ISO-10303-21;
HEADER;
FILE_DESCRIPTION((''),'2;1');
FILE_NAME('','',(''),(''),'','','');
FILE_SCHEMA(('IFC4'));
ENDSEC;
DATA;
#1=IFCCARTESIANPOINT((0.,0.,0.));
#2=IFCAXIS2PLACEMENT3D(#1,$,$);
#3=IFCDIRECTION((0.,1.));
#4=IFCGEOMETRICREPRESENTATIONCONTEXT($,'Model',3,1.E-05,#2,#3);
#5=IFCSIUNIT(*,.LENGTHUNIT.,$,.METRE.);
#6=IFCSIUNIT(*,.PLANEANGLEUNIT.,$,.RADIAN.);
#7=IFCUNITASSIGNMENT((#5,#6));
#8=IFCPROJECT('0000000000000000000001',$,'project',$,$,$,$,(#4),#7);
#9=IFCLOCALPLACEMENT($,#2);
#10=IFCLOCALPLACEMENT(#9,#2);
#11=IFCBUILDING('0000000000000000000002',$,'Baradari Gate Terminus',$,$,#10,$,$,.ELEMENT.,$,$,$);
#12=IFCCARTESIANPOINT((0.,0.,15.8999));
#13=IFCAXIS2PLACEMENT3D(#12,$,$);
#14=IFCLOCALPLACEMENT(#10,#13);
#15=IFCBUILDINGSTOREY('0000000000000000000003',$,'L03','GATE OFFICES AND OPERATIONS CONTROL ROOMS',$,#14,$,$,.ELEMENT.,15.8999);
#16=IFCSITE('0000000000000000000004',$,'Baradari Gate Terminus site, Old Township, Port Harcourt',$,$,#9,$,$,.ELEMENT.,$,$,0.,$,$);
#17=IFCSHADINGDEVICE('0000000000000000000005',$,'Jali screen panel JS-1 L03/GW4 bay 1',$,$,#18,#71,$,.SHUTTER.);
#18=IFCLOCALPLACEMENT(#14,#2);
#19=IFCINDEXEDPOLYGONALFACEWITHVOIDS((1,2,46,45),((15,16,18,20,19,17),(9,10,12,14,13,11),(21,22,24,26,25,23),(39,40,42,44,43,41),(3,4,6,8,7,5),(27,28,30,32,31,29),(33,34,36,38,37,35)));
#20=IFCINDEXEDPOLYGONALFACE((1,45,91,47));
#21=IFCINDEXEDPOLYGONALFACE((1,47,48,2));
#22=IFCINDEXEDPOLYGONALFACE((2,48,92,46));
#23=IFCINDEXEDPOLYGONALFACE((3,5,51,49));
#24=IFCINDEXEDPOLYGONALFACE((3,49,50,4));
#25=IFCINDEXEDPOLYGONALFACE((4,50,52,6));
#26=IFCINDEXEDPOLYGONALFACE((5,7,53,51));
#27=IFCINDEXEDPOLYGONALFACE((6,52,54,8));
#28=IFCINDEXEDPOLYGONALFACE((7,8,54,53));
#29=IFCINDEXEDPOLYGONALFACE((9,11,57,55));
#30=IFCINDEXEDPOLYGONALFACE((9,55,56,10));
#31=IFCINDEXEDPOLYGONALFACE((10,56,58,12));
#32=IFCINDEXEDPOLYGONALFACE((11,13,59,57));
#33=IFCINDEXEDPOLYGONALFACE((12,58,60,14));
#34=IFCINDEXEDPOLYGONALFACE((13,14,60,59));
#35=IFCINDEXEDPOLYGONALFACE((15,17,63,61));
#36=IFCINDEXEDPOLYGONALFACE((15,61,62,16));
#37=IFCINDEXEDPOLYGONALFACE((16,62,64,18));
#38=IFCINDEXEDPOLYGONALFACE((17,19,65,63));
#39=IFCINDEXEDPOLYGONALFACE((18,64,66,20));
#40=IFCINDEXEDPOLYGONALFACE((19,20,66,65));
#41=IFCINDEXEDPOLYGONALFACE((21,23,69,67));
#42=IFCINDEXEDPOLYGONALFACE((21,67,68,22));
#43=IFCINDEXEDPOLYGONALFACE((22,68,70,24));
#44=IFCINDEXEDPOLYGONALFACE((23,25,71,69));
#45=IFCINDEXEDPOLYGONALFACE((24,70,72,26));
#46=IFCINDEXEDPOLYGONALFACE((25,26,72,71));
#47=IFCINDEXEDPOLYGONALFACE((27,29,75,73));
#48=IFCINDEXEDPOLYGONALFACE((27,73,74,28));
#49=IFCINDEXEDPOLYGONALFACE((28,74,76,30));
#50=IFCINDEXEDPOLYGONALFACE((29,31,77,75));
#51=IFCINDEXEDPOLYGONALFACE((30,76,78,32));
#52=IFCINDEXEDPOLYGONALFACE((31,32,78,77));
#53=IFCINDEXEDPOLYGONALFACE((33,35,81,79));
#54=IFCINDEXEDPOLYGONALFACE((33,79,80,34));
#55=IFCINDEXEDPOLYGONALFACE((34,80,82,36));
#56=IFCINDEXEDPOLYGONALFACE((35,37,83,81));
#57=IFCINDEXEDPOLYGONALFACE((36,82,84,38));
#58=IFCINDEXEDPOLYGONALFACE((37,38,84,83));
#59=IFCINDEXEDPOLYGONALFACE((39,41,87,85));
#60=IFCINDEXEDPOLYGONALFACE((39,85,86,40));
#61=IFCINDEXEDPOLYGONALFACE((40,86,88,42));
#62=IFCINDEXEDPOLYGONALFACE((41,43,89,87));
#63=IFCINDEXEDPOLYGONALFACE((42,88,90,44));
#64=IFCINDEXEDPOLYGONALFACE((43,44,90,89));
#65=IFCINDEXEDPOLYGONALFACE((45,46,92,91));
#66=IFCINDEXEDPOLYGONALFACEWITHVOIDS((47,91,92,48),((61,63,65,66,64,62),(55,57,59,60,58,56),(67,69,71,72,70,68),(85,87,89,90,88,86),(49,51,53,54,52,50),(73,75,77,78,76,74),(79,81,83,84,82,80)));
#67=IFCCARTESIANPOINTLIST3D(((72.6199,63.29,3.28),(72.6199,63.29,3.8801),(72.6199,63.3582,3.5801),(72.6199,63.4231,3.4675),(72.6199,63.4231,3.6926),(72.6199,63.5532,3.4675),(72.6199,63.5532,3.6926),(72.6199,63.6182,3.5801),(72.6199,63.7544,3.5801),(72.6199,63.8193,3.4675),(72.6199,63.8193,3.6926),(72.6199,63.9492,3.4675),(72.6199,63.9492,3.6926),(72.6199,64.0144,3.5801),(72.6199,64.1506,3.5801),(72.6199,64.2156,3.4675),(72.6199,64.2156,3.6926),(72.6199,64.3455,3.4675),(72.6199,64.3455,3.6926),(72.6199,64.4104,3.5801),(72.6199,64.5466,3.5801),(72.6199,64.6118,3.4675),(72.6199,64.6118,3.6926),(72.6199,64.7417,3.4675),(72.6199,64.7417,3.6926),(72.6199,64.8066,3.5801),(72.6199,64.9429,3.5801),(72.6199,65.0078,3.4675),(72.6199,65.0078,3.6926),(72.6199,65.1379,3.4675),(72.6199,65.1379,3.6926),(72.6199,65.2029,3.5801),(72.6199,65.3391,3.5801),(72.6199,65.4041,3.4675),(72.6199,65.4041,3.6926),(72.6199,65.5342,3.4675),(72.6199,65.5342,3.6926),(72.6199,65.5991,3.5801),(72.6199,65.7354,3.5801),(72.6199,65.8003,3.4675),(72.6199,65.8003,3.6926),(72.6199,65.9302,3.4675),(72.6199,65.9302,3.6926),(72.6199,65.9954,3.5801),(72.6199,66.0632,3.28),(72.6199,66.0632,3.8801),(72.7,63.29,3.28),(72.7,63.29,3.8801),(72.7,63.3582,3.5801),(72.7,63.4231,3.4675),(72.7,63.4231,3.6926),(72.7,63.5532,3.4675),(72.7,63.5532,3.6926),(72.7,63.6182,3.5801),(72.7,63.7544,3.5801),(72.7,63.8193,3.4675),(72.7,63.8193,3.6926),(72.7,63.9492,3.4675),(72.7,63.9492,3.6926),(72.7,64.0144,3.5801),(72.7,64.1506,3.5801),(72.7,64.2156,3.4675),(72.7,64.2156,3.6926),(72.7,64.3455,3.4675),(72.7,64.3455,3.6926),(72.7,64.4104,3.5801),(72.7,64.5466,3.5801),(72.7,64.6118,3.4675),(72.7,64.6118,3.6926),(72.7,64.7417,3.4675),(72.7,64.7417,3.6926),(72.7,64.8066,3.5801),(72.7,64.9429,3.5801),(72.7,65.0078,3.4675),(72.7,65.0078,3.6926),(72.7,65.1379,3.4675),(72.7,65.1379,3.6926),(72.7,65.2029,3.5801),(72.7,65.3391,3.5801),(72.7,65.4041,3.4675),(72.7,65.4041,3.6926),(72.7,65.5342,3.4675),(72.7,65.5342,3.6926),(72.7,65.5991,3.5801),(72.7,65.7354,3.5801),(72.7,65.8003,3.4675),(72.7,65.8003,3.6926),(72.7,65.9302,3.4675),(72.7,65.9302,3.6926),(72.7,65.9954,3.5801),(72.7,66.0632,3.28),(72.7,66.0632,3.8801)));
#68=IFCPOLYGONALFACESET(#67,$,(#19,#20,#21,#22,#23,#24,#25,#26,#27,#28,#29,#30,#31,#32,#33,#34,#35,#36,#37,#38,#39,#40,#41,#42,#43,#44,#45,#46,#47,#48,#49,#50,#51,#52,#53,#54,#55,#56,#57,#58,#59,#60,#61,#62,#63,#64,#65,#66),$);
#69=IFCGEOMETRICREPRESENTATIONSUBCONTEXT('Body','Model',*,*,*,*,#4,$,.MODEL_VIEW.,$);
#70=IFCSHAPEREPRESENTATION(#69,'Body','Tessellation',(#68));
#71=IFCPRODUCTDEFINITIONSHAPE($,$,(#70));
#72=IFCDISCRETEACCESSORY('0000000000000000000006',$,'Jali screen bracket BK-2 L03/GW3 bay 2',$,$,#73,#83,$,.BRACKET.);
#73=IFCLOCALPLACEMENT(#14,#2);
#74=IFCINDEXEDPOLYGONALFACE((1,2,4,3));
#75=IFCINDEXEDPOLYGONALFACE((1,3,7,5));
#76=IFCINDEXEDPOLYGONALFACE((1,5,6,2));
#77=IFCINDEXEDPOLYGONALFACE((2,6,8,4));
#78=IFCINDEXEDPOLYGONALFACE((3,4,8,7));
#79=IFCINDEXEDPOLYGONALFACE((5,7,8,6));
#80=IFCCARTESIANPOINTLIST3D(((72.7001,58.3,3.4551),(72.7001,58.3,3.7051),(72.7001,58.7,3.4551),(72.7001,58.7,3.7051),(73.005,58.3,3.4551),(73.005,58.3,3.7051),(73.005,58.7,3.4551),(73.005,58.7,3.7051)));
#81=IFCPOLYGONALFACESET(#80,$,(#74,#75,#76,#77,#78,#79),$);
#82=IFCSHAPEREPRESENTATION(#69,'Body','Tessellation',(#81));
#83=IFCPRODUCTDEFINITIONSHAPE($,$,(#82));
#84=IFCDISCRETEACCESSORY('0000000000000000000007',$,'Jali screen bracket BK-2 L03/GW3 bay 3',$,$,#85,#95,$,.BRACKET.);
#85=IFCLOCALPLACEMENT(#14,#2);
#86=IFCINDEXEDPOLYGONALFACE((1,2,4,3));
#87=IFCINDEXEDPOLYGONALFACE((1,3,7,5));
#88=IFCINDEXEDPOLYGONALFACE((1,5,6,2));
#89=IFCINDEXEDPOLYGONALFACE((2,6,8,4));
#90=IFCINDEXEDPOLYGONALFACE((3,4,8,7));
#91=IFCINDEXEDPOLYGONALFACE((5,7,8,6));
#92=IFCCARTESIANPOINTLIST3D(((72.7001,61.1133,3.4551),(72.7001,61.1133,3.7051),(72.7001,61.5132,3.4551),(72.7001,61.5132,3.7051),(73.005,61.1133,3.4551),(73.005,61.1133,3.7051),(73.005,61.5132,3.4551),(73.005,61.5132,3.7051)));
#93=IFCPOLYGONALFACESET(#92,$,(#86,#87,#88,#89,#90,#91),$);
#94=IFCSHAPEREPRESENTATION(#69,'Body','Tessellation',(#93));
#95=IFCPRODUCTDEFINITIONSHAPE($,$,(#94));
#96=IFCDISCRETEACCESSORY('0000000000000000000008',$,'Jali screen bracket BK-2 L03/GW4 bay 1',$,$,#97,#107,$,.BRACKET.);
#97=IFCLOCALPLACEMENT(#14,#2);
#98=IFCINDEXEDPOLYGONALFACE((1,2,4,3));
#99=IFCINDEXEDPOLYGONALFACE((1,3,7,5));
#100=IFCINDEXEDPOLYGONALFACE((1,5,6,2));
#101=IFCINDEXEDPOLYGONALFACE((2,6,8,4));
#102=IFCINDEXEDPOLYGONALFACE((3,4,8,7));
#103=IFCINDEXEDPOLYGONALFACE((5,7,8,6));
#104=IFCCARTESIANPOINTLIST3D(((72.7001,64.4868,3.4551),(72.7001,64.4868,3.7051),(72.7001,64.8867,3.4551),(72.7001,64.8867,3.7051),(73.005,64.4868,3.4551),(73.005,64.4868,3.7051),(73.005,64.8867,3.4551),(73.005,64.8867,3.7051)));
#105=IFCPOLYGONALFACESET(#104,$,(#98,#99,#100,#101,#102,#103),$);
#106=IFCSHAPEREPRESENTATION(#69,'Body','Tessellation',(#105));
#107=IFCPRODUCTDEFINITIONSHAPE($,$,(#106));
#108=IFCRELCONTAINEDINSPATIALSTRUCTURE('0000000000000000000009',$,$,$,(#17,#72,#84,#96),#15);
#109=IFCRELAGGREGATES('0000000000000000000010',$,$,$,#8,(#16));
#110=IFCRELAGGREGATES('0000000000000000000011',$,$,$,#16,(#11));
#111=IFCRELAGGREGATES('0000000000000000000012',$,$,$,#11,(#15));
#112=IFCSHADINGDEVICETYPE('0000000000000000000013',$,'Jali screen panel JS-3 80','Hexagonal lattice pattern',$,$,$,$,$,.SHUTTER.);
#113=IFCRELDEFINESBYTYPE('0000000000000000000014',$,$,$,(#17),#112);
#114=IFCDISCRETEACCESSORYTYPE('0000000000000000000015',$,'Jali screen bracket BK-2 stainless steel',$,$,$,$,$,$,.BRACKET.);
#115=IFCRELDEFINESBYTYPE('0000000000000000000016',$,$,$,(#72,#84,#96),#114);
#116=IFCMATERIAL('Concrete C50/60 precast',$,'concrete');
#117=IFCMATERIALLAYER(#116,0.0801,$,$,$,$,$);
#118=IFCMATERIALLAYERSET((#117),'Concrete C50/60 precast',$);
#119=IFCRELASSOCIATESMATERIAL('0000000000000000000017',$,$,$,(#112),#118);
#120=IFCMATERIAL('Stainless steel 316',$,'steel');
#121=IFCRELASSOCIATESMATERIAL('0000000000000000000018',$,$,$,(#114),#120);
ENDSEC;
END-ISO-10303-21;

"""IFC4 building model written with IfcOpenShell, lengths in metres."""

from ifc_helpers import new_model, si_unit, direction, frame, origin, origin_2d, place, context, subcontext, project, spatial, polyline, rectangle, outline, extrude, material, layer, layer_set, type_object, element, save


model = new_model("IFC4")

# Units and contexts
model_context = context("Model", 3, precision=1e-05, world=origin(), true_north=direction((0.0, 1.0)))
body_context = subcontext(model_context, "Body", "Model", "MODEL_VIEW")
ifc_project = project(units=[si_unit("LENGTHUNIT", "METRE"), si_unit("PLANEANGLEUNIT", "RADIAN")], contexts=[model_context])

# Site, building, storey
site_placement = place(None, origin())
site = spatial("IfcSite", under=ifc_project, at=site_placement, Name="Baradari Gate Terminus site, Old Township, Port Harcourt", CompositionType="ELEMENT", RefElevation=0.0)
building_placement = place(site_placement, origin())
building = spatial("IfcBuilding", under=site, at=building_placement, Name="Baradari Gate Terminus", CompositionType="ELEMENT")
storey_placement = place(building_placement, frame((0.0, 0.0, 15.8999)))
storey = spatial("IfcBuildingStorey", under=building, at=storey_placement, Name="L03", Description="GATE OFFICES AND OPERATIONS CONTROL ROOMS", CompositionType="ELEMENT", Elevation=15.8999)

# Shading device
ifc_material_1 = material(Name="Concrete C50/60 precast", Category="concrete")
ifc_layer_1 = layer(ifc_material_1, 0.0801)
ifc_layer_set_1 = layer_set([ifc_layer_1], Name="Concrete C50/60 precast")
shading_device_type = type_object("IfcShadingDeviceType", Name="Jali screen panel JS-3 80", Description="Hexagonal lattice pattern", PredefinedType="SHUTTER", material=ifc_layer_set_1)
shading_device_1_placement = place(storey_placement, frame((72.6599, 63.29, 3.28), z_axis=(0.0, 0.0, 1.0), x_axis=(0.0, 1.0, 0.0)))
element("IfcShadingDevice", 1, at=shading_device_1_placement, inside=storey, type_object=shading_device_type, Name="Jali screen panel JS-1 L03/GW4 bay 1", PredefinedType="SHUTTER", context=body_context, shape_type="SweptSolid", body=[
    extrude(outline(polyline([(0.0, 0.0), (2.7732, 0.0), (2.7732, 0.6001), (0.0, 0.6001), (0.0, 0.0)]), holes=[polyline([(0.3281, 0.3), (0.2632, 0.1875), (0.1331, 0.1875), (0.0681, 0.3), (0.1331, 0.4126), (0.2632, 0.4126), (0.3281, 0.3)]), polyline([(0.7244, 0.3), (0.6592, 0.1875), (0.5293, 0.1875), (0.4644, 0.3), (0.5293, 0.4126), (0.6592, 0.4126), (0.7244, 0.3)]), polyline([(1.1204, 0.3), (1.0554, 0.1875), (0.9255, 0.1875), (0.8606, 0.3), (0.9255, 0.4126), (1.0554, 0.4126), (1.1204, 0.3)]), polyline([(1.5166, 0.3), (1.4517, 0.1875), (1.3218, 0.1875), (1.2566, 0.3), (1.3218, 0.4126), (1.4517, 0.4126), (1.5166, 0.3)]), polyline([(1.9128, 0.3), (1.8479, 0.1875), (1.7178, 0.1875), (1.6528, 0.3), (1.7178, 0.4126), (1.8479, 0.4126), (1.9128, 0.3)]), polyline([(2.3091, 0.3), (2.2441, 0.1875), (2.114, 0.1875), (2.0491, 0.3), (2.114, 0.4126), (2.2441, 0.4126), (2.3091, 0.3)]), polyline([(2.7053, 0.3), (2.6401, 0.1875), (2.5103, 0.1875), (2.4453, 0.3), (2.5103, 0.4126), (2.6401, 0.4126), (2.7053, 0.3)])]), frame((0.0, 0.04, 0.0), z_axis=(0.0, -1.0, 0.0), x_axis=(1.0, 0.0, 0.0)), (0.0, 0.0, 1.0), 0.0801),
])

# Discrete accessories
ifc_material_2 = material(Name="Stainless steel 316", Category="steel")
discrete_accessory_type = type_object("IfcDiscreteAccessoryType", Name="Jali screen bracket BK-2 stainless steel", PredefinedType="BRACKET", material=ifc_material_2)
for number, where, z_axis, x_axis, name in (
    (2, (72.8525, 58.5, 3.4551), (0.0, 0.0, 1.0), (-1.0, 0.0, 0.0), "Jali screen bracket BK-2 L03/GW3 bay 2"),
    (3, (72.8525, 61.3132, 3.4551), (0.0, 0.0, 1.0), (-1.0, 0.0, 0.0), "Jali screen bracket BK-2 L03/GW3 bay 3"),
    (4, (72.8525, 64.6868, 3.4551), (0.0, 0.0, 1.0), (-1.0, 0.0, 0.0), "Jali screen bracket BK-2 L03/GW4 bay 1"),
):
    element("IfcDiscreteAccessory", number, at=place(storey_placement, frame(where, z_axis=z_axis, x_axis=x_axis)), inside=storey, type_object=discrete_accessory_type, Name=name, PredefinedType="BRACKET", context=body_context, shape_type="SweptSolid", body=[
        extrude(rectangle(XDim=0.3049, YDim=0.3999, at=origin_2d()), origin(), (0.0, 0.0, 1.0), 0.25),
    ])

save(model, "model.ifc")
